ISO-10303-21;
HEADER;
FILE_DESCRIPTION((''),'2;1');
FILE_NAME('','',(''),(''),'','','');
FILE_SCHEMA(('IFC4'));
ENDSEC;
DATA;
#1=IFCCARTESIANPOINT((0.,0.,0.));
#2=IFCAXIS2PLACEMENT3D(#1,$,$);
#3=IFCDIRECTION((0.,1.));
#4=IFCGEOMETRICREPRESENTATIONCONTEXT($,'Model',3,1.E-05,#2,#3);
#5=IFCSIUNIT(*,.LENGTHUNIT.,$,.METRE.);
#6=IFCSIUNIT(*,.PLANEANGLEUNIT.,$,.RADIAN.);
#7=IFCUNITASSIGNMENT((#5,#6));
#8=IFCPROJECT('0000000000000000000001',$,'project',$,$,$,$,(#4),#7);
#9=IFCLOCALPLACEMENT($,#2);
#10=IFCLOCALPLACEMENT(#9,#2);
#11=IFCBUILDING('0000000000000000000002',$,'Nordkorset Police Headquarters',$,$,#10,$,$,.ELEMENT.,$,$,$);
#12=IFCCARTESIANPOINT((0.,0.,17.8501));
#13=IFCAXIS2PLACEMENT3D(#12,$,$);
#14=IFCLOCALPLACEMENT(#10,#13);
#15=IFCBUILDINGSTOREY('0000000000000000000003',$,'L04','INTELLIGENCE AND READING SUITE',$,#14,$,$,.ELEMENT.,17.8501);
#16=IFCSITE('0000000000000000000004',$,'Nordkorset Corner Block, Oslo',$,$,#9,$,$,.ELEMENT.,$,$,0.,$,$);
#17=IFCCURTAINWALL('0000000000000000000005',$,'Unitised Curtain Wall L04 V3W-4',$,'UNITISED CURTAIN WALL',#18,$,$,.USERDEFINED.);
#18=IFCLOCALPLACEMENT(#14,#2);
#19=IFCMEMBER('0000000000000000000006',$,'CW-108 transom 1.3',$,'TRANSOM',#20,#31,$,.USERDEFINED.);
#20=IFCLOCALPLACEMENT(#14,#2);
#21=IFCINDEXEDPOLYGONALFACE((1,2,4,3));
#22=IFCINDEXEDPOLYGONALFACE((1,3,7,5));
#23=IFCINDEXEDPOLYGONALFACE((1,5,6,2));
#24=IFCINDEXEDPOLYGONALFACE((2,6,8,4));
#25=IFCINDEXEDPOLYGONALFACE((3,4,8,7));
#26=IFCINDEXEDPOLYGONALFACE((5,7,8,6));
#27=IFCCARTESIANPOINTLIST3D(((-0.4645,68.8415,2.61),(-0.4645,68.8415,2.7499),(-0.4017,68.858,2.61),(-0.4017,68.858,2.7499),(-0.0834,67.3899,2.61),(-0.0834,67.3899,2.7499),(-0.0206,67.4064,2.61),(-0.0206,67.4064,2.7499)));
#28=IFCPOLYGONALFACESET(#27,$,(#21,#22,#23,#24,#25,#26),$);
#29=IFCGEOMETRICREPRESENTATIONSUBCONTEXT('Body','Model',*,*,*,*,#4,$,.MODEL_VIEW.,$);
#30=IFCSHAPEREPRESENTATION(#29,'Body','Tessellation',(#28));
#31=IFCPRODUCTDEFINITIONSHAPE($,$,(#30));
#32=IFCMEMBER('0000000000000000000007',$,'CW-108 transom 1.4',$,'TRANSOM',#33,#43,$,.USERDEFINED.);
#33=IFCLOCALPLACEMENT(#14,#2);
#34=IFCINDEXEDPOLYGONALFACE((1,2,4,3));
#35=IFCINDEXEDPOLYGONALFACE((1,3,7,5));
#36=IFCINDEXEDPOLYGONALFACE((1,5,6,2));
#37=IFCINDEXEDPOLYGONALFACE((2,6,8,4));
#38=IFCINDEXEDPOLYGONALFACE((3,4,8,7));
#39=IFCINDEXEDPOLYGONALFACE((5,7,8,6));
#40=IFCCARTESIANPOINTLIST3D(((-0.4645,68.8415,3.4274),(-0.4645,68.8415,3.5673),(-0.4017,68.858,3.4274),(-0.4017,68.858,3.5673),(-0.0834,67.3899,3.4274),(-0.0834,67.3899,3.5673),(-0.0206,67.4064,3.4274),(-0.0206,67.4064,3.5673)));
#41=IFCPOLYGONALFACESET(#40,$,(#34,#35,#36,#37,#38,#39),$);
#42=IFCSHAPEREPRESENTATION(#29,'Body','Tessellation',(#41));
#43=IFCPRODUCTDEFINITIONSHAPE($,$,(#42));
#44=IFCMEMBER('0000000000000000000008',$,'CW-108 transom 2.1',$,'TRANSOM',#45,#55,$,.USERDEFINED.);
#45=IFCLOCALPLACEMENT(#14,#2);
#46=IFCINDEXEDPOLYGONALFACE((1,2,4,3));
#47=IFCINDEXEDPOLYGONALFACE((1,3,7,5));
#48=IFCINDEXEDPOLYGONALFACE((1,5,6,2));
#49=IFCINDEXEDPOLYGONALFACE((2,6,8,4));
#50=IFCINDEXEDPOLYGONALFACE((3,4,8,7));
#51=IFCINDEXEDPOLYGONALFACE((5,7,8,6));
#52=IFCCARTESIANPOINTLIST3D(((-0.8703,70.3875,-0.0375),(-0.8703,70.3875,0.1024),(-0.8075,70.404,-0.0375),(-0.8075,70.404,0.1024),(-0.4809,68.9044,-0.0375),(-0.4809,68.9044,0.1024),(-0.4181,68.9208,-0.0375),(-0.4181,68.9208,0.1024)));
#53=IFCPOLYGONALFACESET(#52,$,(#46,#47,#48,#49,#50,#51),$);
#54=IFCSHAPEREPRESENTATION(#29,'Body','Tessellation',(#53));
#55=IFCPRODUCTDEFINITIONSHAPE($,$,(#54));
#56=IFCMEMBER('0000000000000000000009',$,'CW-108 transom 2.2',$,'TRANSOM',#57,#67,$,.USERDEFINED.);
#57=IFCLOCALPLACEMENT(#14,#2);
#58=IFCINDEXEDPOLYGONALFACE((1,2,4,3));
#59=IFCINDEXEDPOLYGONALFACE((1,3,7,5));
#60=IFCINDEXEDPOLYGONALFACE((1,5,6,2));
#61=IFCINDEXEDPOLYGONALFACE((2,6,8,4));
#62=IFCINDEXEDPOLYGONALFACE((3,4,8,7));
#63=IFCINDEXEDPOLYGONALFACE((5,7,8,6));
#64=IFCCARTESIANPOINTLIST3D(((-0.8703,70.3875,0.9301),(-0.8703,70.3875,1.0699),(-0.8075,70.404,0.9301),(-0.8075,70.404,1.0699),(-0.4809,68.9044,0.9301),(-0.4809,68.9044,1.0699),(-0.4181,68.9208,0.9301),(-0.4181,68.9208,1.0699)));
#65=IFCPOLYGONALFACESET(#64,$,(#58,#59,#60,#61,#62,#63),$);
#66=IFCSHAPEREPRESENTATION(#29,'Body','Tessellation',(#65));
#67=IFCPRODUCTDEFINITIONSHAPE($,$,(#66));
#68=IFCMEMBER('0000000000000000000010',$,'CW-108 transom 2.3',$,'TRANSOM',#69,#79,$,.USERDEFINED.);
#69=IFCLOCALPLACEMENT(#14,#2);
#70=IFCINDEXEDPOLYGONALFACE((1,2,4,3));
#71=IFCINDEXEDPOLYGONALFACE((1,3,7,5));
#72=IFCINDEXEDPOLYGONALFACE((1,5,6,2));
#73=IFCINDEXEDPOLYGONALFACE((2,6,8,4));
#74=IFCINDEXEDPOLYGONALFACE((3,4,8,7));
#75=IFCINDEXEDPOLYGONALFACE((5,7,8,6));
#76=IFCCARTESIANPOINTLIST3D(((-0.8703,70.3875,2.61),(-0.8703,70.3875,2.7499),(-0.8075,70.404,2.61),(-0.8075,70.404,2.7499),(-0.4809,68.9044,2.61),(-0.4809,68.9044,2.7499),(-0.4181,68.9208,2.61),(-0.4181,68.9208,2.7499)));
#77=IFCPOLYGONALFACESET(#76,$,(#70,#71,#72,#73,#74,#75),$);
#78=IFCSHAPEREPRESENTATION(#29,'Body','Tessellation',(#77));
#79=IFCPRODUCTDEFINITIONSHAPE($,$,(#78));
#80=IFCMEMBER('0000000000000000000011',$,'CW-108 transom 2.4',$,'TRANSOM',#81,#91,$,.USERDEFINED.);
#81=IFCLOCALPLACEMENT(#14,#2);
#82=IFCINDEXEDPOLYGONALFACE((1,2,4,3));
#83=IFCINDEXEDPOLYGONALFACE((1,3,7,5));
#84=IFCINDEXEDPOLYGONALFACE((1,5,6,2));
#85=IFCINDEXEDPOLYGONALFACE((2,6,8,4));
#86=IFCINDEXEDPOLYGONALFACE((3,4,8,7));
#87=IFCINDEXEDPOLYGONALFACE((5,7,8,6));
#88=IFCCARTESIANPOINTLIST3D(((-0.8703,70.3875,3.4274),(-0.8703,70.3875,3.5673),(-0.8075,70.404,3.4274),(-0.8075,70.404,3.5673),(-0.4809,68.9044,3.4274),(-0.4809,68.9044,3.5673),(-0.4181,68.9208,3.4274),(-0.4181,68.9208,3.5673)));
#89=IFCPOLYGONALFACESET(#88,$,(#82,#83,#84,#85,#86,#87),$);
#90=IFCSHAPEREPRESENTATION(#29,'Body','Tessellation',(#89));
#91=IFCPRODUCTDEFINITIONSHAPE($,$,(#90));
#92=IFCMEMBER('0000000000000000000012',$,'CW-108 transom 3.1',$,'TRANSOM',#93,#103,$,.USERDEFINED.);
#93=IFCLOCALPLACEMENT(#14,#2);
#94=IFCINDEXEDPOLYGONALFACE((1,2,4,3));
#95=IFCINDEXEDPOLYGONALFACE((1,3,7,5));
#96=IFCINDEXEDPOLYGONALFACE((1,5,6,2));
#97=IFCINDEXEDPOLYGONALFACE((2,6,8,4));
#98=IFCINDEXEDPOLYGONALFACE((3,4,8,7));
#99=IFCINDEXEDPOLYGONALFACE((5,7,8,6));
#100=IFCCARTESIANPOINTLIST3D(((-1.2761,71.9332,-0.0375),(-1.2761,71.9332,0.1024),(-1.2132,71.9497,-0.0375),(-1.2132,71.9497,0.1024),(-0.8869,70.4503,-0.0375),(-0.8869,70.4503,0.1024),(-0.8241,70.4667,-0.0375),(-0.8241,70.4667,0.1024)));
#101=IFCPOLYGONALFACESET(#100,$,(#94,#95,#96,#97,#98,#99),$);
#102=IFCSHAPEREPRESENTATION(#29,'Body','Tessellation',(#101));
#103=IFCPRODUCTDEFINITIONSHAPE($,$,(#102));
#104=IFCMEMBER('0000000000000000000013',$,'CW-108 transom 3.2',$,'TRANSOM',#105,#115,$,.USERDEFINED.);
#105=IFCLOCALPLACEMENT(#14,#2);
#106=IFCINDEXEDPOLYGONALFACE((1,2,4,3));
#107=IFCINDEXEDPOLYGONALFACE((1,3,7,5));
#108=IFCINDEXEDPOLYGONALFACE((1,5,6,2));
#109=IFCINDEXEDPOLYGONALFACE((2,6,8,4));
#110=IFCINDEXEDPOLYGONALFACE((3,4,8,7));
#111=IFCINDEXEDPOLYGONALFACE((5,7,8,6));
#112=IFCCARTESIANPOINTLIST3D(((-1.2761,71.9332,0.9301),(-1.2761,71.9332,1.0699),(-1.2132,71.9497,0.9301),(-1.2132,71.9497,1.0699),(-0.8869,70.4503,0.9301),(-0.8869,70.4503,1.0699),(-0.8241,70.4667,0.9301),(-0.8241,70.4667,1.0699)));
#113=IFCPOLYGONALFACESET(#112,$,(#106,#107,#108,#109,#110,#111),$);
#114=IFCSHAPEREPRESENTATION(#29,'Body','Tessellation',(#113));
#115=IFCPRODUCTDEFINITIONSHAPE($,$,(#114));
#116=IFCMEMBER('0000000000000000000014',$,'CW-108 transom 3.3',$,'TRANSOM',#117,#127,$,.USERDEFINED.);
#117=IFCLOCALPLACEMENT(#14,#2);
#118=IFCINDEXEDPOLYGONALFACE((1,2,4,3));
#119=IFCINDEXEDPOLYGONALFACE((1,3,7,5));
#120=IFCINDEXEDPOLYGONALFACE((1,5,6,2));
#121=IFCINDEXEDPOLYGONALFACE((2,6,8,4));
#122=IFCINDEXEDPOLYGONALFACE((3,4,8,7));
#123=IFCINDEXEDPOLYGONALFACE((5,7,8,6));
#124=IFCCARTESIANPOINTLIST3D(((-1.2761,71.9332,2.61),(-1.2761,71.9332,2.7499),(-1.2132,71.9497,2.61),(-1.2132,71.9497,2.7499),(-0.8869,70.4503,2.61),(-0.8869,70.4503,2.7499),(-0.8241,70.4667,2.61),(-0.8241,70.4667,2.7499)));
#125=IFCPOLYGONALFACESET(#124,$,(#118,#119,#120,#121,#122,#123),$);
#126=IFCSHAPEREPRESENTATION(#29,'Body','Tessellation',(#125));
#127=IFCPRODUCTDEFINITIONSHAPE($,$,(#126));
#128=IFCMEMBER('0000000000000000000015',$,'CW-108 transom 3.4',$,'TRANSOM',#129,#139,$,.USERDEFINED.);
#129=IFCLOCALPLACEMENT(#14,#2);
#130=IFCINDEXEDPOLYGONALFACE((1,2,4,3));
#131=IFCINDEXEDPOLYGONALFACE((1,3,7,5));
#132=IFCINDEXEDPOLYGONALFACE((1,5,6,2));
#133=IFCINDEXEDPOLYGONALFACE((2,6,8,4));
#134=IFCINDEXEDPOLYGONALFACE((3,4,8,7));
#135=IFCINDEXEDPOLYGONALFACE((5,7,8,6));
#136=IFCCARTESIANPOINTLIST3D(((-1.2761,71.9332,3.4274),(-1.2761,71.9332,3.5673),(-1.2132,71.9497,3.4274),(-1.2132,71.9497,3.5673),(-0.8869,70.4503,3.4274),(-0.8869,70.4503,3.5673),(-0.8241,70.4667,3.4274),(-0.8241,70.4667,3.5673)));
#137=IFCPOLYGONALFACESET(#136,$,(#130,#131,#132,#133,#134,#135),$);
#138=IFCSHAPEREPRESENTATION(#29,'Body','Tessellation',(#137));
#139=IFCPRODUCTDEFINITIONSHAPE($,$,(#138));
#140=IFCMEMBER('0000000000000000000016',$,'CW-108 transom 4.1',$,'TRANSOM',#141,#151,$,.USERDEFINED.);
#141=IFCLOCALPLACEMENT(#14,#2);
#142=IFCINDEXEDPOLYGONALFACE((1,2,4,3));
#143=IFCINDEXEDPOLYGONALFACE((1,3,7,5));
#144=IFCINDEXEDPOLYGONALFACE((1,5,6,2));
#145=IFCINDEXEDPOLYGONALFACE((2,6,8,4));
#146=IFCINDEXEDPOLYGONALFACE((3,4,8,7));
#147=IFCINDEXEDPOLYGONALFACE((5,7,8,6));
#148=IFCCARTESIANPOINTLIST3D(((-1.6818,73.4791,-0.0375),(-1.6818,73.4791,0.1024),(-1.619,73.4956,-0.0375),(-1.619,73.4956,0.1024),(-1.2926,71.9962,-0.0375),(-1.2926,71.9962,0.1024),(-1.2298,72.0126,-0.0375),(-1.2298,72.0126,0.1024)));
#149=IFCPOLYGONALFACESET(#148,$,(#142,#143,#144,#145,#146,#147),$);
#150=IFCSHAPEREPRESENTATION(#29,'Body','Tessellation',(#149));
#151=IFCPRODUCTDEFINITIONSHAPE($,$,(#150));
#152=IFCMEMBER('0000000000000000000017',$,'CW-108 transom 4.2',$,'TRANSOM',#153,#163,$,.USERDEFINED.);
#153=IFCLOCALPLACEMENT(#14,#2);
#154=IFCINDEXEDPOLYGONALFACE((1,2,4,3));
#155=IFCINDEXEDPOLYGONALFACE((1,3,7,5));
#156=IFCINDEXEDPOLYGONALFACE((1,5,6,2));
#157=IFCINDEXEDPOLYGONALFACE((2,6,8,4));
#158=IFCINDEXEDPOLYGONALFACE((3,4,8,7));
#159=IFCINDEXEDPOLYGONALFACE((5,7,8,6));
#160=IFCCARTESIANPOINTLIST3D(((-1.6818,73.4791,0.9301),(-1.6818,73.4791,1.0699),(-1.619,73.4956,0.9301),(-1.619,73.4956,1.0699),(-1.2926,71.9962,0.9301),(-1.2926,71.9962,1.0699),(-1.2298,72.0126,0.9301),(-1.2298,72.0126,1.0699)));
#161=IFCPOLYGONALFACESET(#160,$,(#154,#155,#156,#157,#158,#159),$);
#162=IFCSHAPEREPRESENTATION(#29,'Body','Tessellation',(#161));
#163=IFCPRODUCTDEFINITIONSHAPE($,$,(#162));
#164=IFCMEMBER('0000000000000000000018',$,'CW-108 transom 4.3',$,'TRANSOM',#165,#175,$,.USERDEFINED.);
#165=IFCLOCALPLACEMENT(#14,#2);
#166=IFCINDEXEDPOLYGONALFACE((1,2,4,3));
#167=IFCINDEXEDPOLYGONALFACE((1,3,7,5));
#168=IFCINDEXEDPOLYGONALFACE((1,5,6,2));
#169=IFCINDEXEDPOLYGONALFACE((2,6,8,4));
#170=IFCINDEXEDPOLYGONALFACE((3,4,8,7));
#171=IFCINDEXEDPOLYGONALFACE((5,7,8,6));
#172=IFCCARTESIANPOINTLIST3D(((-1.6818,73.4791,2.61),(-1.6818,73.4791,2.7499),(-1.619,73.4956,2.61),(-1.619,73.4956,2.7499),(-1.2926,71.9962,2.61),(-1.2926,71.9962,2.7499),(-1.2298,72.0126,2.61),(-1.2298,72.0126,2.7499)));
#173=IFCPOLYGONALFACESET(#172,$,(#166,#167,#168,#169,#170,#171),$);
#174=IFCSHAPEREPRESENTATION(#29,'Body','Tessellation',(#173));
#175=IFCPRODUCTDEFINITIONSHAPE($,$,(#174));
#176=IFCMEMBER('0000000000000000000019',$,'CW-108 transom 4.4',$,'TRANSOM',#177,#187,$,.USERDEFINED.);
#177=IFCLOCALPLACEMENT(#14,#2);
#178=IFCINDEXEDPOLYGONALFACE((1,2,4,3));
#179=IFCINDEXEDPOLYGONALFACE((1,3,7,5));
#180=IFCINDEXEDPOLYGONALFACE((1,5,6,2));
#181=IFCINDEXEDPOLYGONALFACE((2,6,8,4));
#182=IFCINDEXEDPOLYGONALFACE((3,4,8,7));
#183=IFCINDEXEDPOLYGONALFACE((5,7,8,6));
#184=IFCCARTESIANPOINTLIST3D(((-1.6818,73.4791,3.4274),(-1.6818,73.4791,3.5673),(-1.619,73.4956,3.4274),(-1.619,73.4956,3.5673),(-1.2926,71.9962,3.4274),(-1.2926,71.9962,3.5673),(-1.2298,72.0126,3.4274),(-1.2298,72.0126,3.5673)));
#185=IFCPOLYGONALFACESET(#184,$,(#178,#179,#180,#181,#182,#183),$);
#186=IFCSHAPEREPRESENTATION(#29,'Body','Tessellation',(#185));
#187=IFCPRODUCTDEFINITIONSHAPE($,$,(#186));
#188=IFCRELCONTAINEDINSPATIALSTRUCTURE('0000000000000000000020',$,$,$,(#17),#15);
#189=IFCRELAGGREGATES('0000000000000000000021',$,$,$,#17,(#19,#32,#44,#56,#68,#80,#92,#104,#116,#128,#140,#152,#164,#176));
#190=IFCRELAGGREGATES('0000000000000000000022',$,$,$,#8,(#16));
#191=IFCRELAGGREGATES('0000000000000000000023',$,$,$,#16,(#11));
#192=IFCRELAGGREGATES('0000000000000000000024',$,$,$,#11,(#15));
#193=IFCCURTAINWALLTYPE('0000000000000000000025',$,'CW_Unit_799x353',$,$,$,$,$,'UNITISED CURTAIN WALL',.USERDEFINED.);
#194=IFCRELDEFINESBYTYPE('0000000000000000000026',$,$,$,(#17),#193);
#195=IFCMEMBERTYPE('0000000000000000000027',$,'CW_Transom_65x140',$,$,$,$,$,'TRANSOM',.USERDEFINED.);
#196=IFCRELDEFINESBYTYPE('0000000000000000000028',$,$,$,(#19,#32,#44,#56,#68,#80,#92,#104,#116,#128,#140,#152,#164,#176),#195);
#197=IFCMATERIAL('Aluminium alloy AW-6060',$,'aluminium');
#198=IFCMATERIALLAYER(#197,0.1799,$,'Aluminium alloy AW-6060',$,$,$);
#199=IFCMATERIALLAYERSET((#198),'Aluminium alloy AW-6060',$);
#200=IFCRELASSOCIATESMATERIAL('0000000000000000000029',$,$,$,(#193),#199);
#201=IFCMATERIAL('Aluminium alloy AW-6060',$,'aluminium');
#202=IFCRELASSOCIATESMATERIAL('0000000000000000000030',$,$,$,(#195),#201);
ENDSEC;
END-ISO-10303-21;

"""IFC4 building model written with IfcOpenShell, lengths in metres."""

from ifc_helpers import new_model, si_unit, direction, frame, origin, origin_2d, place, context, subcontext, project, spatial, rectangle, extrude, material, layer, layer_set, material_profile, profile_set, type_object, element, aggregate, save


model = new_model("IFC4")

# Units and contexts
model_context = context("Model", 3, precision=1e-05, world=origin(), true_north=direction((0.0, 1.0)))
body_context = subcontext(model_context, "Body", "Model", "MODEL_VIEW")
ifc_project = project(units=[si_unit("LENGTHUNIT", "METRE"), si_unit("PLANEANGLEUNIT", "RADIAN")], contexts=[model_context])

# Site, building, storey
site_placement = place(None, origin())
site = spatial("IfcSite", under=ifc_project, at=site_placement, Name="Nordkorset Corner Block, Oslo", CompositionType="ELEMENT", RefElevation=0.0)
building_placement = place(site_placement, origin())
building = spatial("IfcBuilding", under=site, at=building_placement, Name="Nordkorset Police Headquarters", CompositionType="ELEMENT")
storey_placement = place(building_placement, frame((0.0, 0.0, 17.8501)))
storey = spatial("IfcBuildingStorey", under=building, at=storey_placement, Name="L04", Description="INTELLIGENCE AND READING SUITE", CompositionType="ELEMENT", Elevation=17.8501)

# Curtain wall, members
ifc_material_1 = material(Name="Aluminium alloy AW-6060", Category="aluminium")
ifc_layer_1 = layer(ifc_material_1, 0.1799, Name="Aluminium alloy AW-6060")
ifc_layer_set_1 = layer_set([ifc_layer_1], Name="Aluminium alloy AW-6060")
curtain_wall_type = type_object("IfcCurtainWallType", Name="CW_Unit_799x353", ElementType="UNITISED CURTAIN WALL", PredefinedType="USERDEFINED", material=ifc_layer_set_1)
curtain_wall_placement = place(storey_placement, origin())
curtain_wall = element("IfcCurtainWall", 1, at=curtain_wall_placement, inside=storey, type_object=curtain_wall_type, Name="Unitised Curtain Wall L04 V3W-4", ObjectType="UNITISED CURTAIN WALL", PredefinedType="USERDEFINED")
ifc_material_2 = material(Name="Aluminium alloy AW-6060", Category="aluminium")
ifc_material_profile_1 = material_profile(ifc_material_2, rectangle(XDim=0.0649, YDim=0.1399, at=origin_2d()), Name="ALU TRAN 65x140")
ifc_profile_set_1 = profile_set([ifc_material_profile_1], Name="Aluminium alloy AW-6060")
member_type_1 = type_object("IfcMemberType", Name="CW_Transom_65x140", ElementType="TRANSOM", PredefinedType="USERDEFINED", material=ifc_profile_set_1)
member_1_placement = place(storey_placement, frame((-0.052, 67.3982, 2.6799), z_axis=(-0.253925, 0.967224, 0.0), x_axis=(-0.967224, -0.253925, 0.0)))
member_1 = element("IfcMember", 2, at=member_1_placement, type_object=member_type_1, Name="CW-108 transom 1.3", ObjectType="TRANSOM", PredefinedType="USERDEFINED", context=body_context, shape_type="SweptSolid", body=[
    extrude(rectangle(XDim=0.0649, YDim=0.1399, at=origin_2d()), origin(), (0.0, 0.0, 1.0), 1.5007),
])
member_2_placement = place(storey_placement, frame((-0.052, 67.3982, 3.4973), z_axis=(-0.253925, 0.967224, 0.0), x_axis=(-0.967224, -0.253925, 0.0)))
member_2 = element("IfcMember", 3, at=member_2_placement, type_object=member_type_1, Name="CW-108 transom 1.4", ObjectType="TRANSOM", PredefinedType="USERDEFINED", context=body_context, shape_type="SweptSolid", body=[
    extrude(rectangle(XDim=0.0649, YDim=0.1399, at=origin_2d()), origin(), (0.0, 0.0, 1.0), 1.5007),
])
member_3_placement = place(storey_placement, frame((-0.4495, 68.9126, 0.0325), z_axis=(-0.253945, 0.967219, 0.0), x_axis=(-0.967219, -0.253945, 0.0)))
member_3 = element("IfcMember", 4, at=member_3_placement, type_object=member_type_1, Name="CW-108 transom 2.1", ObjectType="TRANSOM", PredefinedType="USERDEFINED", context=body_context, shape_type="SweptSolid", body=[
    extrude(rectangle(XDim=0.0649, YDim=0.1399, at=origin_2d()), origin(), (0.0, 0.0, 1.0), 1.5334),
])
member_4_placement = place(storey_placement, frame((-0.4495, 68.9126, 1.0), z_axis=(-0.253945, 0.967219, 0.0), x_axis=(-0.967219, -0.253945, 0.0)))
member_4 = element("IfcMember", 5, at=member_4_placement, type_object=member_type_1, Name="CW-108 transom 2.2", ObjectType="TRANSOM", PredefinedType="USERDEFINED", context=body_context, shape_type="SweptSolid", body=[
    extrude(rectangle(XDim=0.0649, YDim=0.1399, at=origin_2d()), origin(), (0.0, 0.0, 1.0), 1.5334),
])
member_5_placement = place(storey_placement, frame((-0.4495, 68.9126, 2.6799), z_axis=(-0.253945, 0.967219, 0.0), x_axis=(-0.967219, -0.253945, 0.0)))
member_5 = element("IfcMember", 6, at=member_5_placement, type_object=member_type_1, Name="CW-108 transom 2.3", ObjectType="TRANSOM", PredefinedType="USERDEFINED", context=body_context, shape_type="SweptSolid", body=[
    extrude(rectangle(XDim=0.0649, YDim=0.1399, at=origin_2d()), origin(), (0.0, 0.0, 1.0), 1.5334),
])
member_6_placement = place(storey_placement, frame((-0.4495, 68.9126, 3.4973), z_axis=(-0.253945, 0.967219, 0.0), x_axis=(-0.967219, -0.253945, 0.0)))
member_6 = element("IfcMember", 7, at=member_6_placement, type_object=member_type_1, Name="CW-108 transom 2.4", ObjectType="TRANSOM", PredefinedType="USERDEFINED", context=body_context, shape_type="SweptSolid", body=[
    extrude(rectangle(XDim=0.0649, YDim=0.1399, at=origin_2d()), origin(), (0.0, 0.0, 1.0), 1.5334),
])
member_7_placement = place(storey_placement, frame((-0.8555, 70.4585, 0.0325), z_axis=(-0.253835, 0.967248, 0.0), x_axis=(-0.967248, -0.253835, 0.0)))
member_7 = element("IfcMember", 8, at=member_7_placement, type_object=member_type_1, Name="CW-108 transom 3.1", ObjectType="TRANSOM", PredefinedType="USERDEFINED", context=body_context, shape_type="SweptSolid", body=[
    extrude(rectangle(XDim=0.0649, YDim=0.1399, at=origin_2d()), origin(), (0.0, 0.0, 1.0), 1.5332),
])
member_8_placement = place(storey_placement, frame((-0.8555, 70.4585, 1.0), z_axis=(-0.253835, 0.967248, 0.0), x_axis=(-0.967248, -0.253835, 0.0)))
member_8 = element("IfcMember", 9, at=member_8_placement, type_object=member_type_1, Name="CW-108 transom 3.2", ObjectType="TRANSOM", PredefinedType="USERDEFINED", context=body_context, shape_type="SweptSolid", body=[
    extrude(rectangle(XDim=0.0649, YDim=0.1399, at=origin_2d()), origin(), (0.0, 0.0, 1.0), 1.5332),
])
member_9_placement = place(storey_placement, frame((-0.8555, 70.4585, 2.6799), z_axis=(-0.253835, 0.967248, 0.0), x_axis=(-0.967248, -0.253835, 0.0)))
member_9 = element("IfcMember", 10, at=member_9_placement, type_object=member_type_1, Name="CW-108 transom 3.3", ObjectType="TRANSOM", PredefinedType="USERDEFINED", context=body_context, shape_type="SweptSolid", body=[
    extrude(rectangle(XDim=0.0649, YDim=0.1399, at=origin_2d()), origin(), (0.0, 0.0, 1.0), 1.5332),
])
member_10_placement = place(storey_placement, frame((-0.8555, 70.4585, 3.4973), z_axis=(-0.253835, 0.967248, 0.0), x_axis=(-0.967248, -0.253835, 0.0)))
member_10 = element("IfcMember", 11, at=member_10_placement, type_object=member_type_1, Name="CW-108 transom 3.4", ObjectType="TRANSOM", PredefinedType="USERDEFINED", context=body_context, shape_type="SweptSolid", body=[
    extrude(rectangle(XDim=0.0649, YDim=0.1399, at=origin_2d()), origin(), (0.0, 0.0, 1.0), 1.5332),
])
member_11_placement = place(storey_placement, frame((-1.2612, 72.0044, 0.0325), z_axis=(-0.253835, 0.967248, 0.0), x_axis=(-0.967248, -0.253835, 0.0)))
member_11 = element("IfcMember", 12, at=member_11_placement, type_object=member_type_1, Name="CW-108 transom 4.1", ObjectType="TRANSOM", PredefinedType="USERDEFINED", context=body_context, shape_type="SweptSolid", body=[
    extrude(rectangle(XDim=0.0649, YDim=0.1399, at=origin_2d()), origin(), (0.0, 0.0, 1.0), 1.5332),
])
member_12_placement = place(storey_placement, frame((-1.2612, 72.0044, 1.0), z_axis=(-0.253835, 0.967248, 0.0), x_axis=(-0.967248, -0.253835, 0.0)))
member_12 = element("IfcMember", 13, at=member_12_placement, type_object=member_type_1, Name="CW-108 transom 4.2", ObjectType="TRANSOM", PredefinedType="USERDEFINED", context=body_context, shape_type="SweptSolid", body=[
    extrude(rectangle(XDim=0.0649, YDim=0.1399, at=origin_2d()), origin(), (0.0, 0.0, 1.0), 1.5332),
])
member_13_placement = place(storey_placement, frame((-1.2612, 72.0044, 2.6799), z_axis=(-0.253835, 0.967248, 0.0), x_axis=(-0.967248, -0.253835, 0.0)))
member_13 = element("IfcMember", 14, at=member_13_placement, type_object=member_type_1, Name="CW-108 transom 4.3", ObjectType="TRANSOM", PredefinedType="USERDEFINED", context=body_context, shape_type="SweptSolid", body=[
    extrude(rectangle(XDim=0.0649, YDim=0.1399, at=origin_2d()), origin(), (0.0, 0.0, 1.0), 1.5332),
])
member_14_placement = place(storey_placement, frame((-1.2612, 72.0044, 3.4973), z_axis=(-0.253835, 0.967248, 0.0), x_axis=(-0.967248, -0.253835, 0.0)))
member_14 = element("IfcMember", 15, at=member_14_placement, type_object=member_type_1, Name="CW-108 transom 4.4", ObjectType="TRANSOM", PredefinedType="USERDEFINED", context=body_context, shape_type="SweptSolid", body=[
    extrude(rectangle(XDim=0.0649, YDim=0.1399, at=origin_2d()), origin(), (0.0, 0.0, 1.0), 1.5332),
])

aggregate(curtain_wall, [member_1, member_2, member_3, member_4, member_5, member_6, member_7, member_8, member_9, member_10, member_11, member_12, member_13, member_14])

save(model, "model.ifc")
